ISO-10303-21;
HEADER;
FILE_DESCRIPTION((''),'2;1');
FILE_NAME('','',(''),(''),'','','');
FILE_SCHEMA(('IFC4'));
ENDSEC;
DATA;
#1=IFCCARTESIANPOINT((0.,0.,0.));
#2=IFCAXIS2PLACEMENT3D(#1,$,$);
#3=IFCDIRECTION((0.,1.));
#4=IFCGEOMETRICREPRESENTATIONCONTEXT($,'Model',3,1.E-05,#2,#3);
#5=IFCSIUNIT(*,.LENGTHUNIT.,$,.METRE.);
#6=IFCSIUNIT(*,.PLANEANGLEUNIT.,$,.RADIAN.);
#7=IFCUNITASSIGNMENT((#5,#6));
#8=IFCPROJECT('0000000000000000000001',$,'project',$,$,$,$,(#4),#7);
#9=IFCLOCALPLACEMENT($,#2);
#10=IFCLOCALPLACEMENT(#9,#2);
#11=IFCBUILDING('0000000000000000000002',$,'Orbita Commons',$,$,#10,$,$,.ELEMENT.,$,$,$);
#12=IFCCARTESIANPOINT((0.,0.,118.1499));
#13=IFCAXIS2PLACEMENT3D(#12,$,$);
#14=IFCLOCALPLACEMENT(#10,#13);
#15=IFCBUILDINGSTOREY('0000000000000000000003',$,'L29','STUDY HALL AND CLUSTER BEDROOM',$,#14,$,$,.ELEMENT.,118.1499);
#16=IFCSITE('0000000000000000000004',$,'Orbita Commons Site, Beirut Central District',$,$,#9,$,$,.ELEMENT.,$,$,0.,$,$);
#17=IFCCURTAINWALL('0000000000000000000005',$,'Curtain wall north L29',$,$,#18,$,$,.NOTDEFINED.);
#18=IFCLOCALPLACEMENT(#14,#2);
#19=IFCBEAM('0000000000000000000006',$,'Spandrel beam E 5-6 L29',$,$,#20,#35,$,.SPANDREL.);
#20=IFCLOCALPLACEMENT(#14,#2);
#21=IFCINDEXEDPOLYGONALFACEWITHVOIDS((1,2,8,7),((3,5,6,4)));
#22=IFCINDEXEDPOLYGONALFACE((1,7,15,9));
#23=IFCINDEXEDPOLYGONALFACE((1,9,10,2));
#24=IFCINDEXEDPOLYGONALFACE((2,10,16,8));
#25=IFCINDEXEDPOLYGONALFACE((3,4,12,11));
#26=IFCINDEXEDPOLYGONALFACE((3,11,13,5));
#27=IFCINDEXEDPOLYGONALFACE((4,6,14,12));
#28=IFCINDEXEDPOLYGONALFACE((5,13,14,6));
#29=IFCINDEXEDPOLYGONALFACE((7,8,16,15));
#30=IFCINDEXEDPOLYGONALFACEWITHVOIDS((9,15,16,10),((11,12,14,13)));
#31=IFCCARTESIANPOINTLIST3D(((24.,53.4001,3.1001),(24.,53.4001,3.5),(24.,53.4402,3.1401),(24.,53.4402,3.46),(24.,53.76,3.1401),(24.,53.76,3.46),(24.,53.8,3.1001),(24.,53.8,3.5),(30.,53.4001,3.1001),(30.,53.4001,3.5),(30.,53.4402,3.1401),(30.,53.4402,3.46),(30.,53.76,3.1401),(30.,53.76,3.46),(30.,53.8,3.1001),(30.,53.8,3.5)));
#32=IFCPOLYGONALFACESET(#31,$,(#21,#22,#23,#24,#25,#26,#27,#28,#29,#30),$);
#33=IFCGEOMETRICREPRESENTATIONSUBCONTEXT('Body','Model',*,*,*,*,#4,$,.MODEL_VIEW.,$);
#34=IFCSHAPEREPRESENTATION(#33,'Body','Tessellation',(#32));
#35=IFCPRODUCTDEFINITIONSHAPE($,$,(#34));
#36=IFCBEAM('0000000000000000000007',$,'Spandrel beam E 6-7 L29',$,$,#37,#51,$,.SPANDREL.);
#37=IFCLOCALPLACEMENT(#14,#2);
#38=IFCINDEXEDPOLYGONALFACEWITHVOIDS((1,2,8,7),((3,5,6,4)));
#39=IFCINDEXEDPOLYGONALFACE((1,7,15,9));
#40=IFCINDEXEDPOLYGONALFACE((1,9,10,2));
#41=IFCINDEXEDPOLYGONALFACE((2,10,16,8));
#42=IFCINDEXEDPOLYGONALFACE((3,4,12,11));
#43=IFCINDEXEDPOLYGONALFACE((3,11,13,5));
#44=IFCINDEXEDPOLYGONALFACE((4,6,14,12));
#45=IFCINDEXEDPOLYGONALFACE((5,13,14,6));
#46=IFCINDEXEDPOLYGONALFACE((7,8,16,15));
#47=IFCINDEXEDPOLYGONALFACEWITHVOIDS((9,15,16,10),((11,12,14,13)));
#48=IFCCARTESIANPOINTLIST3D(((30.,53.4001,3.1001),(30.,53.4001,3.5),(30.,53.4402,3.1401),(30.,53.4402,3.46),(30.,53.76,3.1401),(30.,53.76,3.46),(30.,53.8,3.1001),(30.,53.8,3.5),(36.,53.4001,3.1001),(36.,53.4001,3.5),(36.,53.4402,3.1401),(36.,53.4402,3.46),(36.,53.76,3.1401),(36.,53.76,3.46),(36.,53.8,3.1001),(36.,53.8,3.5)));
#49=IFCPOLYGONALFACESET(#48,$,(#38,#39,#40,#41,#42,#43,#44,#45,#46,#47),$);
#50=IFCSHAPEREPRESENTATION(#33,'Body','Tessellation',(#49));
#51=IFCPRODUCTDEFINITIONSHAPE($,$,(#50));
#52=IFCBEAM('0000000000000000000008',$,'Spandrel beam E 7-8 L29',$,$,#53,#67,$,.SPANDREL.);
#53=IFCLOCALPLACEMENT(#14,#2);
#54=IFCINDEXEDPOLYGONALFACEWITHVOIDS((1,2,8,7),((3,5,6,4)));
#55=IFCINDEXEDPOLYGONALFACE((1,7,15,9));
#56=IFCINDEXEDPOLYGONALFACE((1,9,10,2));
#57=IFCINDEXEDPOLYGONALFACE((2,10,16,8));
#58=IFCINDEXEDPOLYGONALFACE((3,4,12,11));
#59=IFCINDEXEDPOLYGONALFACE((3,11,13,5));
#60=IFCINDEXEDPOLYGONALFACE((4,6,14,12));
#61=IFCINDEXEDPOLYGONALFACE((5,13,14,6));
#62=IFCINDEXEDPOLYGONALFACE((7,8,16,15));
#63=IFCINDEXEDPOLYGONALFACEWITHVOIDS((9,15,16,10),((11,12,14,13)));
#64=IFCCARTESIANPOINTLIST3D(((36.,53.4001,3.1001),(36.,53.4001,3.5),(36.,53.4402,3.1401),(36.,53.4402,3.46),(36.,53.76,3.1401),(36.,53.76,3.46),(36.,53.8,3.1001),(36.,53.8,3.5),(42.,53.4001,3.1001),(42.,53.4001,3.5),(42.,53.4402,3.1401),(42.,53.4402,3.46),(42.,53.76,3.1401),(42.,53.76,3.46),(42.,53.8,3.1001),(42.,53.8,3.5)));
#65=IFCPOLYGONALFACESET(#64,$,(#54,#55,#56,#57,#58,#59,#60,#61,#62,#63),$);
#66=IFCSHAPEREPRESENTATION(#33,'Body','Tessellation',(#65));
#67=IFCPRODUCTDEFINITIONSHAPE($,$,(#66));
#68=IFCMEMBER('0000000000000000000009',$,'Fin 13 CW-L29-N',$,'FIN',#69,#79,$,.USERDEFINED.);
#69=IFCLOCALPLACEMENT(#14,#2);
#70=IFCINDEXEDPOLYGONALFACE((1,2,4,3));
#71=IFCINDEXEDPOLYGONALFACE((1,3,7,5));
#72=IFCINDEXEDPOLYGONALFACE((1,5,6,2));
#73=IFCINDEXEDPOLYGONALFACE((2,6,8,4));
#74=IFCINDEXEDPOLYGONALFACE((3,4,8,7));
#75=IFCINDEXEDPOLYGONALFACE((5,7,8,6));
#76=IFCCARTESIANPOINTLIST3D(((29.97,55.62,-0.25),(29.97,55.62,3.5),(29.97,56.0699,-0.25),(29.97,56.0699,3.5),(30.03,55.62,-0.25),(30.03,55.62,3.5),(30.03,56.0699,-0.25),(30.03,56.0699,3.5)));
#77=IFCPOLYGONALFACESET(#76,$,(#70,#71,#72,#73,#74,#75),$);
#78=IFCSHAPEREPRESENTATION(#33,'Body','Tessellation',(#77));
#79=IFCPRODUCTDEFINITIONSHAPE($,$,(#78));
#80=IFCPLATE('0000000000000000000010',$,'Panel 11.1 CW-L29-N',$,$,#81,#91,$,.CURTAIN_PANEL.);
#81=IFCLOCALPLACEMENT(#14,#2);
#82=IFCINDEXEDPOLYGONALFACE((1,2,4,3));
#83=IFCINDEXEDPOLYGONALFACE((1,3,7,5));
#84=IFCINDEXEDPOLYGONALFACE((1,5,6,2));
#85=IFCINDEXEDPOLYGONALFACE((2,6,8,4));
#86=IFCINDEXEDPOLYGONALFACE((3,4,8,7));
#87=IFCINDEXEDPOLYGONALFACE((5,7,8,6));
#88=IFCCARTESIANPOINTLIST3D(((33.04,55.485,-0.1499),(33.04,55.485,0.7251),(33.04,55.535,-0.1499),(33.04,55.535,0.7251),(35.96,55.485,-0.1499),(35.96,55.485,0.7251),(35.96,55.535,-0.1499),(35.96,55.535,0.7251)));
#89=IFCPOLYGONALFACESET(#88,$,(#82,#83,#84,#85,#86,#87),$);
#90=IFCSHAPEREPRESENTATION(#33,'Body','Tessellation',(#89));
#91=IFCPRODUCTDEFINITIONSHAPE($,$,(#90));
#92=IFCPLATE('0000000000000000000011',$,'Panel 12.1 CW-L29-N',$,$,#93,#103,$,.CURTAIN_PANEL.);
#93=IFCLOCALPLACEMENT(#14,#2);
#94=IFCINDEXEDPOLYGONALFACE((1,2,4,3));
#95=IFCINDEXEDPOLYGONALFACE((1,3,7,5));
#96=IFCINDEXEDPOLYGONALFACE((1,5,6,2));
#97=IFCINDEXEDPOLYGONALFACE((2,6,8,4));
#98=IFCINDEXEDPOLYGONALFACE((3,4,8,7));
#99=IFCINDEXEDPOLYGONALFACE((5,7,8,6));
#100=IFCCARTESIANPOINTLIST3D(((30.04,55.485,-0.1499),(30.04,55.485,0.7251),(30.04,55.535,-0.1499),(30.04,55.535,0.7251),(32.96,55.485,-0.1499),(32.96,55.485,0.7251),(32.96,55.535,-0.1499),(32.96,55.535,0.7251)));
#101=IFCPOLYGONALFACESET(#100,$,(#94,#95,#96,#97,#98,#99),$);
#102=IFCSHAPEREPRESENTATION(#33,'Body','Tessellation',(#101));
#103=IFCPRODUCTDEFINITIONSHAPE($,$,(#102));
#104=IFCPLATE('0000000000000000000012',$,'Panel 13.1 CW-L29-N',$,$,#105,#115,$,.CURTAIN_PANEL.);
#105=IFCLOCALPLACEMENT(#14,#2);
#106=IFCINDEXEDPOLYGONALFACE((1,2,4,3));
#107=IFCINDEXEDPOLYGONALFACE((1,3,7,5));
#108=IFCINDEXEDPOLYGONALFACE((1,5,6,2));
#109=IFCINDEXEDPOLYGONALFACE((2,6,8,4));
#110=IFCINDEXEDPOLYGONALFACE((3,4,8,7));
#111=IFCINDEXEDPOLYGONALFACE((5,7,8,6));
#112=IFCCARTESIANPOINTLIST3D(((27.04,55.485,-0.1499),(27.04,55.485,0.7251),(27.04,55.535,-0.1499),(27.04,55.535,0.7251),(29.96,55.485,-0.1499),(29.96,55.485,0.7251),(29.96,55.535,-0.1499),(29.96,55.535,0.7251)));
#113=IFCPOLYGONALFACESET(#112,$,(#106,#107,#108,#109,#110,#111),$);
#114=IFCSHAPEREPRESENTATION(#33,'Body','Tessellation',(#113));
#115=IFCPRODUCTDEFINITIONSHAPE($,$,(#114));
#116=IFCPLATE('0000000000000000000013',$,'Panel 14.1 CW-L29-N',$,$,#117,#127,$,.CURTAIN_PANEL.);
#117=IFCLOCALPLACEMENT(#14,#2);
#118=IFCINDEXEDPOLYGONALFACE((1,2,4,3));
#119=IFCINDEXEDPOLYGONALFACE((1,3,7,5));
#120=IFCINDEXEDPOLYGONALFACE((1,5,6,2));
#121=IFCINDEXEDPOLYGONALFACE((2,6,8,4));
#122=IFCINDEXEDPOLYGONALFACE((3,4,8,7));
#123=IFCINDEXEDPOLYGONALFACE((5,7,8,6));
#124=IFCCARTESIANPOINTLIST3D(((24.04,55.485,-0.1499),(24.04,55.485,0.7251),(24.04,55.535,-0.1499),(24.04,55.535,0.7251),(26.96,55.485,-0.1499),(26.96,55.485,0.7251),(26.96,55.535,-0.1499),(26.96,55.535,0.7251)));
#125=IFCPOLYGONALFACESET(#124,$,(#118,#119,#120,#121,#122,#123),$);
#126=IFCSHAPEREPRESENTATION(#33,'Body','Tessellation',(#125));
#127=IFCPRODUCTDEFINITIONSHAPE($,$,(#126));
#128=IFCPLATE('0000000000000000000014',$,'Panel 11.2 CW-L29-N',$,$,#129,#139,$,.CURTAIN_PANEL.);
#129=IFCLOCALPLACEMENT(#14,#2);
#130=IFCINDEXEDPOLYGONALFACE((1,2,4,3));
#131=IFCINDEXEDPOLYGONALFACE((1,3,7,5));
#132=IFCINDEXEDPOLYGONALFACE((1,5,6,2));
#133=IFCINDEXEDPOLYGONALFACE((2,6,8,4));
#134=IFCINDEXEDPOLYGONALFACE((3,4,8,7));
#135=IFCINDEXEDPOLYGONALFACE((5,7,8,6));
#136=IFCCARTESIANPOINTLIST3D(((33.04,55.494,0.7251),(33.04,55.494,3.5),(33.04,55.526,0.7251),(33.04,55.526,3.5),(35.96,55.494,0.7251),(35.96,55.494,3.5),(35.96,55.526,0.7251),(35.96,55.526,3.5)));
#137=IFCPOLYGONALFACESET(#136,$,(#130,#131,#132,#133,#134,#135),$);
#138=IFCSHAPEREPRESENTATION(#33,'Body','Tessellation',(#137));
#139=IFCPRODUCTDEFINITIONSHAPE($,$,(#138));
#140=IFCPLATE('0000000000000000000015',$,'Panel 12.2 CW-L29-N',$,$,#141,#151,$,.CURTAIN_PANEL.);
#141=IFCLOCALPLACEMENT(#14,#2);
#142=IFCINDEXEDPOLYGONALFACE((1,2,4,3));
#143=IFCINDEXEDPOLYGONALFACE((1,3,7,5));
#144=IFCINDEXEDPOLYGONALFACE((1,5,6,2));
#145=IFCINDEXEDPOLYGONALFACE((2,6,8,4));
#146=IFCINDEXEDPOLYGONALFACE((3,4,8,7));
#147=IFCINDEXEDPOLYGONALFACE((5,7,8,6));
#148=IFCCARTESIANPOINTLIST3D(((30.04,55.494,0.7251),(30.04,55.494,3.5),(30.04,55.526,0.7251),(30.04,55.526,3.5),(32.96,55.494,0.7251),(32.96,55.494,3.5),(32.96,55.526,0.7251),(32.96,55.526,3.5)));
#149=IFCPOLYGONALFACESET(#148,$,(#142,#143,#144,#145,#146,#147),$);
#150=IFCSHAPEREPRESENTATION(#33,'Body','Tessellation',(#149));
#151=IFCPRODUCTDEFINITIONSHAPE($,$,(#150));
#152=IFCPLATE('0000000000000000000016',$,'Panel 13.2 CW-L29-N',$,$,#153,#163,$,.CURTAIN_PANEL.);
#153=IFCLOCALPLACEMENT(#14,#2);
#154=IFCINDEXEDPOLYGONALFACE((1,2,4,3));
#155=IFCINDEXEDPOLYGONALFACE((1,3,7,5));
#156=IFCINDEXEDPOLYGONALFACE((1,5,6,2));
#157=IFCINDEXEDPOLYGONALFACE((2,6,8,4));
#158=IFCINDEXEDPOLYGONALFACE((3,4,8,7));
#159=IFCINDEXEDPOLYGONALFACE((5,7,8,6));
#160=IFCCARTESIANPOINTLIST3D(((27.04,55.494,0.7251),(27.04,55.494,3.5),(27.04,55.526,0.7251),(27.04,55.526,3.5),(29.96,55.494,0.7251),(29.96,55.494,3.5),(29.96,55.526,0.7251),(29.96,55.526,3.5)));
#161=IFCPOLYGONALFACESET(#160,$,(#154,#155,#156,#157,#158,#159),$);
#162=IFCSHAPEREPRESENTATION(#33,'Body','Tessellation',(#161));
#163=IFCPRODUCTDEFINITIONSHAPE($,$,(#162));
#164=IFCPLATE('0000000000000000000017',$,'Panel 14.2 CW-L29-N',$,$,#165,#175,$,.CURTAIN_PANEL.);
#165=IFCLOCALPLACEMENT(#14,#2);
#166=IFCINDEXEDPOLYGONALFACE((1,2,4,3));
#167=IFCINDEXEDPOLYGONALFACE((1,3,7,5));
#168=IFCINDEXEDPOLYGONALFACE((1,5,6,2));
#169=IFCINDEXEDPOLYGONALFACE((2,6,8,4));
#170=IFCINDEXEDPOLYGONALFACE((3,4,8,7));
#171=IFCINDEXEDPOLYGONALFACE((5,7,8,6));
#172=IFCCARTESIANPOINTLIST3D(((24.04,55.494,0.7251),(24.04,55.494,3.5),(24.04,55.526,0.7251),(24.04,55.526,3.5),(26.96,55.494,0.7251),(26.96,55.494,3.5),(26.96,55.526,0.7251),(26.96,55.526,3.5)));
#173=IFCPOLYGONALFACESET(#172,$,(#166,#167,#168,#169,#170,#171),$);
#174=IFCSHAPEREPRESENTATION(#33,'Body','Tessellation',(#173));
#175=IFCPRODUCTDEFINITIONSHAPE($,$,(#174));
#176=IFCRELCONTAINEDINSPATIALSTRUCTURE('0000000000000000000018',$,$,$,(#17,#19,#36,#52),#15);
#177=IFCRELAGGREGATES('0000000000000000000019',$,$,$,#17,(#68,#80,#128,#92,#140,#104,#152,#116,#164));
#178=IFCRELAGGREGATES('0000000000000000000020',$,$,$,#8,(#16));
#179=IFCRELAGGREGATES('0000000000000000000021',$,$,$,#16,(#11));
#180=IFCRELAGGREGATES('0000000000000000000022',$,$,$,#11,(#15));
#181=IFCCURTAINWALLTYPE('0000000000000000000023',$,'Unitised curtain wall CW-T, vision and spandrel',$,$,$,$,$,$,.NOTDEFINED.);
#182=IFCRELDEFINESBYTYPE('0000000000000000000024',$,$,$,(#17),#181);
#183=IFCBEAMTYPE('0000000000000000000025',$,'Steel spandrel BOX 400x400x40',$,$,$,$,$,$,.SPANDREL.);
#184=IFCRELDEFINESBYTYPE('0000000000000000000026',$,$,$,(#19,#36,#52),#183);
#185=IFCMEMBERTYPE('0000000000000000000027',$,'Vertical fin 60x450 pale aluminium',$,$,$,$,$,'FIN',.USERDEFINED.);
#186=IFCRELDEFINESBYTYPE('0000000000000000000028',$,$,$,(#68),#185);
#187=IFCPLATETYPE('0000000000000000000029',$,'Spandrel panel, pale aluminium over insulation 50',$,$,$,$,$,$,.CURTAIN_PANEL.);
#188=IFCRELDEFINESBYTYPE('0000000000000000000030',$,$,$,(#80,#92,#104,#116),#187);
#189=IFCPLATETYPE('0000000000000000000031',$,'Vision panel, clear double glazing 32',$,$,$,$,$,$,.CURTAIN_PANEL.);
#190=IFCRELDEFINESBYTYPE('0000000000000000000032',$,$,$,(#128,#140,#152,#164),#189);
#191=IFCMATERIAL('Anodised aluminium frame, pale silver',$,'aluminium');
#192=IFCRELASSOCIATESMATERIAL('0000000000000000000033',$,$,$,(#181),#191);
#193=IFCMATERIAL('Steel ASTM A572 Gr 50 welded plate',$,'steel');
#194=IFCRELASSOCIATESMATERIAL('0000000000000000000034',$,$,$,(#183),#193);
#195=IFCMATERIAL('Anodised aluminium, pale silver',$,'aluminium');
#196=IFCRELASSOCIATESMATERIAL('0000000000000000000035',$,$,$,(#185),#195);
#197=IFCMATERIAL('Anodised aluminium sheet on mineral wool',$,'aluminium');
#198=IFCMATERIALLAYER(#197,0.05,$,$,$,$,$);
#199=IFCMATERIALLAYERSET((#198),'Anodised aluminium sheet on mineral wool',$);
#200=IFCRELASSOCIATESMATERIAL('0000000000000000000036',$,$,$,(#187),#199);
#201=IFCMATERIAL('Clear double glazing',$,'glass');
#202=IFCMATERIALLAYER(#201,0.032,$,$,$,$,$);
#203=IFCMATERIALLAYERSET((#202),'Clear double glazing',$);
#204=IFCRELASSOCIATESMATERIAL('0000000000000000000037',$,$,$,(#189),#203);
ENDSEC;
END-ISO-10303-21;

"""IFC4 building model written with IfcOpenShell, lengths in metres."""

from ifc_helpers import new_model, si_unit, direction, frame, origin, origin_2d, place, context, subcontext, project, spatial, rectangle, hollow_rectangle, extrude, material, layer, layer_set, material_profile, profile_set, type_object, element, aggregate, save


model = new_model("IFC4")

# Units and contexts
model_context = context("Model", 3, precision=1e-05, world=origin(), true_north=direction((0.0, 1.0)))
body_context = subcontext(model_context, "Body", "Model", "MODEL_VIEW")
ifc_project = project(units=[si_unit("LENGTHUNIT", "METRE"), si_unit("PLANEANGLEUNIT", "RADIAN")], contexts=[model_context])

# Site, building, storey
site_placement = place(None, origin())
site = spatial("IfcSite", under=ifc_project, at=site_placement, Name="Orbita Commons Site, Beirut Central District", CompositionType="ELEMENT", RefElevation=0.0)
building_placement = place(site_placement, origin())
building = spatial("IfcBuilding", under=site, at=building_placement, Name="Orbita Commons", CompositionType="ELEMENT")
storey_placement = place(building_placement, frame((0.0, 0.0, 118.1499)))
storey = spatial("IfcBuildingStorey", under=building, at=storey_placement, Name="L29", Description="STUDY HALL AND CLUSTER BEDROOM", CompositionType="ELEMENT", Elevation=118.1499)

# Curtain wall
ifc_material_1 = material(Name="Anodised aluminium frame, pale silver", Category="aluminium")
curtain_wall_type = type_object("IfcCurtainWallType", Name="Unitised curtain wall CW-T, vision and spandrel", PredefinedType="NOTDEFINED", material=ifc_material_1)
curtain_wall_placement = place(storey_placement, origin())
curtain_wall = element("IfcCurtainWall", 1, at=curtain_wall_placement, inside=storey, type_object=curtain_wall_type, Name="Curtain wall north L29", PredefinedType="NOTDEFINED")

# Beams
ifc_material_2 = material(Name="Steel ASTM A572 Gr 50 welded plate", Category="steel")
ifc_material_profile_1 = material_profile(ifc_material_2, hollow_rectangle(XDim=0.3999, YDim=0.3999, WallThickness=0.04, at=origin_2d()), Name="BOX 400x400x40")
ifc_profile_set_1 = profile_set([ifc_material_profile_1], Name="Steel ASTM A572 Gr 50 welded plate")
beam_type = type_object("IfcBeamType", Name="Steel spandrel BOX 400x400x40", PredefinedType="SPANDREL", material=ifc_profile_set_1)
for number, where, z_axis, x_axis, name in (
    (2, (24.0, 53.6001, 3.3), (1.0, 0.0, 0.0), (0.0, 1.0, 0.0), "Spandrel beam E 5-6 L29"),
    (3, (30.0, 53.6001, 3.3), (1.0, 0.0, 0.0), (0.0, 1.0, 0.0), "Spandrel beam E 6-7 L29"),
    (4, (36.0, 53.6001, 3.3), (1.0, 0.0, 0.0), (0.0, 1.0, 0.0), "Spandrel beam E 7-8 L29"),
):
    element("IfcBeam", number, at=place(storey_placement, frame(where, z_axis=z_axis, x_axis=x_axis)), inside=storey, type_object=beam_type, Name=name, PredefinedType="SPANDREL", context=body_context, shape_type="SweptSolid", body=[
        extrude(hollow_rectangle(XDim=0.3999, YDim=0.3999, WallThickness=0.04, at=origin_2d()), origin(), (0.0, 0.0, 1.0), 6.0),
    ])

# Member
ifc_material_3 = material(Name="Anodised aluminium, pale silver", Category="aluminium")
ifc_material_profile_2 = material_profile(ifc_material_3, rectangle(XDim=0.0601, YDim=0.45, at=origin_2d()), Name="FIN 60x450")
ifc_profile_set_2 = profile_set([ifc_material_profile_2], Name="Anodised aluminium, pale silver")
member_type_1 = type_object("IfcMemberType", Name="Vertical fin 60x450 pale aluminium", ElementType="FIN", PredefinedType="USERDEFINED", material=ifc_profile_set_2)
member_1_placement = place(storey_placement, frame((30.0, 55.845, -0.25), z_axis=(0.0, 0.0, 1.0), x_axis=(-1.0, 0.0, 0.0)))
member_1 = element("IfcMember", 5, at=member_1_placement, type_object=member_type_1, Name="Fin 13 CW-L29-N", ObjectType="FIN", PredefinedType="USERDEFINED", context=body_context, shape_type="SweptSolid", body=[
    extrude(rectangle(XDim=0.0601, YDim=0.45, at=origin_2d()), origin(), (0.0, 0.0, 1.0), 3.75),
])

# Plates
ifc_material_4 = material(Name="Anodised aluminium sheet on mineral wool", Category="aluminium")
ifc_layer_1 = layer(ifc_material_4, 0.05)
ifc_layer_set_1 = layer_set([ifc_layer_1], Name="Anodised aluminium sheet on mineral wool")
plate_type_1 = type_object("IfcPlateType", Name="Spandrel panel, pale aluminium over insulation 50", PredefinedType="CURTAIN_PANEL", material=ifc_layer_set_1)
plate_1_placement = place(storey_placement, frame((34.5, 55.51, -0.1499), z_axis=(0.0, 0.0, 1.0), x_axis=(-1.0, 0.0, 0.0)))
plate_1 = element("IfcPlate", 6, at=plate_1_placement, type_object=plate_type_1, Name="Panel 11.1 CW-L29-N", PredefinedType="CURTAIN_PANEL", context=body_context, shape_type="SweptSolid", body=[
    extrude(rectangle(XDim=2.9199, YDim=0.05, at=origin_2d()), origin(), (0.0, 0.0, 1.0), 0.875),
])
plate_2_placement = place(storey_placement, frame((31.5, 55.51, -0.1499), z_axis=(0.0, 0.0, 1.0), x_axis=(-1.0, 0.0, 0.0)))
plate_2 = element("IfcPlate", 7, at=plate_2_placement, type_object=plate_type_1, Name="Panel 12.1 CW-L29-N", PredefinedType="CURTAIN_PANEL", context=body_context, shape_type="SweptSolid", body=[
    extrude(rectangle(XDim=2.9199, YDim=0.05, at=origin_2d()), origin(), (0.0, 0.0, 1.0), 0.875),
])
plate_3_placement = place(storey_placement, frame((28.5, 55.51, -0.1499), z_axis=(0.0, 0.0, 1.0), x_axis=(-1.0, 0.0, 0.0)))
plate_3 = element("IfcPlate", 8, at=plate_3_placement, type_object=plate_type_1, Name="Panel 13.1 CW-L29-N", PredefinedType="CURTAIN_PANEL", context=body_context, shape_type="SweptSolid", body=[
    extrude(rectangle(XDim=2.9199, YDim=0.05, at=origin_2d()), origin(), (0.0, 0.0, 1.0), 0.875),
])
plate_4_placement = place(storey_placement, frame((25.5, 55.51, -0.1499), z_axis=(0.0, 0.0, 1.0), x_axis=(-1.0, 0.0, 0.0)))
plate_4 = element("IfcPlate", 9, at=plate_4_placement, type_object=plate_type_1, Name="Panel 14.1 CW-L29-N", PredefinedType="CURTAIN_PANEL", context=body_context, shape_type="SweptSolid", body=[
    extrude(rectangle(XDim=2.9199, YDim=0.05, at=origin_2d()), origin(), (0.0, 0.0, 1.0), 0.875),
])
ifc_material_5 = material(Name="Clear double glazing", Category="glass")
ifc_layer_2 = layer(ifc_material_5, 0.032)
ifc_layer_set_2 = layer_set([ifc_layer_2], Name="Clear double glazing")
plate_type_2 = type_object("IfcPlateType", Name="Vision panel, clear double glazing 32", PredefinedType="CURTAIN_PANEL", material=ifc_layer_set_2)
plate_5_placement = place(storey_placement, frame((34.5, 55.51, 0.7251), z_axis=(0.0, 0.0, 1.0), x_axis=(-1.0, 0.0, 0.0)))
plate_5 = element("IfcPlate", 10, at=plate_5_placement, type_object=plate_type_2, Name="Panel 11.2 CW-L29-N", PredefinedType="CURTAIN_PANEL", context=body_context, shape_type="SweptSolid", body=[
    extrude(rectangle(XDim=2.9199, YDim=0.032, at=origin_2d()), origin(), (0.0, 0.0, 1.0), 2.7749),
])
plate_6_placement = place(storey_placement, frame((31.5, 55.51, 0.7251), z_axis=(0.0, 0.0, 1.0), x_axis=(-1.0, 0.0, 0.0)))
plate_6 = element("IfcPlate", 11, at=plate_6_placement, type_object=plate_type_2, Name="Panel 12.2 CW-L29-N", PredefinedType="CURTAIN_PANEL", context=body_context, shape_type="SweptSolid", body=[
    extrude(rectangle(XDim=2.9199, YDim=0.032, at=origin_2d()), origin(), (0.0, 0.0, 1.0), 2.7749),
])
plate_7_placement = place(storey_placement, frame((28.5, 55.51, 0.7251), z_axis=(0.0, 0.0, 1.0), x_axis=(-1.0, 0.0, 0.0)))
plate_7 = element("IfcPlate", 12, at=plate_7_placement, type_object=plate_type_2, Name="Panel 13.2 CW-L29-N", PredefinedType="CURTAIN_PANEL", context=body_context, shape_type="SweptSolid", body=[
    extrude(rectangle(XDim=2.9199, YDim=0.032, at=origin_2d()), origin(), (0.0, 0.0, 1.0), 2.7749),
])
plate_8_placement = place(storey_placement, frame((25.5, 55.51, 0.7251), z_axis=(0.0, 0.0, 1.0), x_axis=(-1.0, 0.0, 0.0)))
plate_8 = element("IfcPlate", 13, at=plate_8_placement, type_object=plate_type_2, Name="Panel 14.2 CW-L29-N", PredefinedType="CURTAIN_PANEL", context=body_context, shape_type="SweptSolid", body=[
    extrude(rectangle(XDim=2.9199, YDim=0.032, at=origin_2d()), origin(), (0.0, 0.0, 1.0), 2.7749),
])
aggregate(curtain_wall, [member_1, plate_1, plate_5, plate_2, plate_6, plate_3, plate_7, plate_4, plate_8])

save(model, "model.ifc")
